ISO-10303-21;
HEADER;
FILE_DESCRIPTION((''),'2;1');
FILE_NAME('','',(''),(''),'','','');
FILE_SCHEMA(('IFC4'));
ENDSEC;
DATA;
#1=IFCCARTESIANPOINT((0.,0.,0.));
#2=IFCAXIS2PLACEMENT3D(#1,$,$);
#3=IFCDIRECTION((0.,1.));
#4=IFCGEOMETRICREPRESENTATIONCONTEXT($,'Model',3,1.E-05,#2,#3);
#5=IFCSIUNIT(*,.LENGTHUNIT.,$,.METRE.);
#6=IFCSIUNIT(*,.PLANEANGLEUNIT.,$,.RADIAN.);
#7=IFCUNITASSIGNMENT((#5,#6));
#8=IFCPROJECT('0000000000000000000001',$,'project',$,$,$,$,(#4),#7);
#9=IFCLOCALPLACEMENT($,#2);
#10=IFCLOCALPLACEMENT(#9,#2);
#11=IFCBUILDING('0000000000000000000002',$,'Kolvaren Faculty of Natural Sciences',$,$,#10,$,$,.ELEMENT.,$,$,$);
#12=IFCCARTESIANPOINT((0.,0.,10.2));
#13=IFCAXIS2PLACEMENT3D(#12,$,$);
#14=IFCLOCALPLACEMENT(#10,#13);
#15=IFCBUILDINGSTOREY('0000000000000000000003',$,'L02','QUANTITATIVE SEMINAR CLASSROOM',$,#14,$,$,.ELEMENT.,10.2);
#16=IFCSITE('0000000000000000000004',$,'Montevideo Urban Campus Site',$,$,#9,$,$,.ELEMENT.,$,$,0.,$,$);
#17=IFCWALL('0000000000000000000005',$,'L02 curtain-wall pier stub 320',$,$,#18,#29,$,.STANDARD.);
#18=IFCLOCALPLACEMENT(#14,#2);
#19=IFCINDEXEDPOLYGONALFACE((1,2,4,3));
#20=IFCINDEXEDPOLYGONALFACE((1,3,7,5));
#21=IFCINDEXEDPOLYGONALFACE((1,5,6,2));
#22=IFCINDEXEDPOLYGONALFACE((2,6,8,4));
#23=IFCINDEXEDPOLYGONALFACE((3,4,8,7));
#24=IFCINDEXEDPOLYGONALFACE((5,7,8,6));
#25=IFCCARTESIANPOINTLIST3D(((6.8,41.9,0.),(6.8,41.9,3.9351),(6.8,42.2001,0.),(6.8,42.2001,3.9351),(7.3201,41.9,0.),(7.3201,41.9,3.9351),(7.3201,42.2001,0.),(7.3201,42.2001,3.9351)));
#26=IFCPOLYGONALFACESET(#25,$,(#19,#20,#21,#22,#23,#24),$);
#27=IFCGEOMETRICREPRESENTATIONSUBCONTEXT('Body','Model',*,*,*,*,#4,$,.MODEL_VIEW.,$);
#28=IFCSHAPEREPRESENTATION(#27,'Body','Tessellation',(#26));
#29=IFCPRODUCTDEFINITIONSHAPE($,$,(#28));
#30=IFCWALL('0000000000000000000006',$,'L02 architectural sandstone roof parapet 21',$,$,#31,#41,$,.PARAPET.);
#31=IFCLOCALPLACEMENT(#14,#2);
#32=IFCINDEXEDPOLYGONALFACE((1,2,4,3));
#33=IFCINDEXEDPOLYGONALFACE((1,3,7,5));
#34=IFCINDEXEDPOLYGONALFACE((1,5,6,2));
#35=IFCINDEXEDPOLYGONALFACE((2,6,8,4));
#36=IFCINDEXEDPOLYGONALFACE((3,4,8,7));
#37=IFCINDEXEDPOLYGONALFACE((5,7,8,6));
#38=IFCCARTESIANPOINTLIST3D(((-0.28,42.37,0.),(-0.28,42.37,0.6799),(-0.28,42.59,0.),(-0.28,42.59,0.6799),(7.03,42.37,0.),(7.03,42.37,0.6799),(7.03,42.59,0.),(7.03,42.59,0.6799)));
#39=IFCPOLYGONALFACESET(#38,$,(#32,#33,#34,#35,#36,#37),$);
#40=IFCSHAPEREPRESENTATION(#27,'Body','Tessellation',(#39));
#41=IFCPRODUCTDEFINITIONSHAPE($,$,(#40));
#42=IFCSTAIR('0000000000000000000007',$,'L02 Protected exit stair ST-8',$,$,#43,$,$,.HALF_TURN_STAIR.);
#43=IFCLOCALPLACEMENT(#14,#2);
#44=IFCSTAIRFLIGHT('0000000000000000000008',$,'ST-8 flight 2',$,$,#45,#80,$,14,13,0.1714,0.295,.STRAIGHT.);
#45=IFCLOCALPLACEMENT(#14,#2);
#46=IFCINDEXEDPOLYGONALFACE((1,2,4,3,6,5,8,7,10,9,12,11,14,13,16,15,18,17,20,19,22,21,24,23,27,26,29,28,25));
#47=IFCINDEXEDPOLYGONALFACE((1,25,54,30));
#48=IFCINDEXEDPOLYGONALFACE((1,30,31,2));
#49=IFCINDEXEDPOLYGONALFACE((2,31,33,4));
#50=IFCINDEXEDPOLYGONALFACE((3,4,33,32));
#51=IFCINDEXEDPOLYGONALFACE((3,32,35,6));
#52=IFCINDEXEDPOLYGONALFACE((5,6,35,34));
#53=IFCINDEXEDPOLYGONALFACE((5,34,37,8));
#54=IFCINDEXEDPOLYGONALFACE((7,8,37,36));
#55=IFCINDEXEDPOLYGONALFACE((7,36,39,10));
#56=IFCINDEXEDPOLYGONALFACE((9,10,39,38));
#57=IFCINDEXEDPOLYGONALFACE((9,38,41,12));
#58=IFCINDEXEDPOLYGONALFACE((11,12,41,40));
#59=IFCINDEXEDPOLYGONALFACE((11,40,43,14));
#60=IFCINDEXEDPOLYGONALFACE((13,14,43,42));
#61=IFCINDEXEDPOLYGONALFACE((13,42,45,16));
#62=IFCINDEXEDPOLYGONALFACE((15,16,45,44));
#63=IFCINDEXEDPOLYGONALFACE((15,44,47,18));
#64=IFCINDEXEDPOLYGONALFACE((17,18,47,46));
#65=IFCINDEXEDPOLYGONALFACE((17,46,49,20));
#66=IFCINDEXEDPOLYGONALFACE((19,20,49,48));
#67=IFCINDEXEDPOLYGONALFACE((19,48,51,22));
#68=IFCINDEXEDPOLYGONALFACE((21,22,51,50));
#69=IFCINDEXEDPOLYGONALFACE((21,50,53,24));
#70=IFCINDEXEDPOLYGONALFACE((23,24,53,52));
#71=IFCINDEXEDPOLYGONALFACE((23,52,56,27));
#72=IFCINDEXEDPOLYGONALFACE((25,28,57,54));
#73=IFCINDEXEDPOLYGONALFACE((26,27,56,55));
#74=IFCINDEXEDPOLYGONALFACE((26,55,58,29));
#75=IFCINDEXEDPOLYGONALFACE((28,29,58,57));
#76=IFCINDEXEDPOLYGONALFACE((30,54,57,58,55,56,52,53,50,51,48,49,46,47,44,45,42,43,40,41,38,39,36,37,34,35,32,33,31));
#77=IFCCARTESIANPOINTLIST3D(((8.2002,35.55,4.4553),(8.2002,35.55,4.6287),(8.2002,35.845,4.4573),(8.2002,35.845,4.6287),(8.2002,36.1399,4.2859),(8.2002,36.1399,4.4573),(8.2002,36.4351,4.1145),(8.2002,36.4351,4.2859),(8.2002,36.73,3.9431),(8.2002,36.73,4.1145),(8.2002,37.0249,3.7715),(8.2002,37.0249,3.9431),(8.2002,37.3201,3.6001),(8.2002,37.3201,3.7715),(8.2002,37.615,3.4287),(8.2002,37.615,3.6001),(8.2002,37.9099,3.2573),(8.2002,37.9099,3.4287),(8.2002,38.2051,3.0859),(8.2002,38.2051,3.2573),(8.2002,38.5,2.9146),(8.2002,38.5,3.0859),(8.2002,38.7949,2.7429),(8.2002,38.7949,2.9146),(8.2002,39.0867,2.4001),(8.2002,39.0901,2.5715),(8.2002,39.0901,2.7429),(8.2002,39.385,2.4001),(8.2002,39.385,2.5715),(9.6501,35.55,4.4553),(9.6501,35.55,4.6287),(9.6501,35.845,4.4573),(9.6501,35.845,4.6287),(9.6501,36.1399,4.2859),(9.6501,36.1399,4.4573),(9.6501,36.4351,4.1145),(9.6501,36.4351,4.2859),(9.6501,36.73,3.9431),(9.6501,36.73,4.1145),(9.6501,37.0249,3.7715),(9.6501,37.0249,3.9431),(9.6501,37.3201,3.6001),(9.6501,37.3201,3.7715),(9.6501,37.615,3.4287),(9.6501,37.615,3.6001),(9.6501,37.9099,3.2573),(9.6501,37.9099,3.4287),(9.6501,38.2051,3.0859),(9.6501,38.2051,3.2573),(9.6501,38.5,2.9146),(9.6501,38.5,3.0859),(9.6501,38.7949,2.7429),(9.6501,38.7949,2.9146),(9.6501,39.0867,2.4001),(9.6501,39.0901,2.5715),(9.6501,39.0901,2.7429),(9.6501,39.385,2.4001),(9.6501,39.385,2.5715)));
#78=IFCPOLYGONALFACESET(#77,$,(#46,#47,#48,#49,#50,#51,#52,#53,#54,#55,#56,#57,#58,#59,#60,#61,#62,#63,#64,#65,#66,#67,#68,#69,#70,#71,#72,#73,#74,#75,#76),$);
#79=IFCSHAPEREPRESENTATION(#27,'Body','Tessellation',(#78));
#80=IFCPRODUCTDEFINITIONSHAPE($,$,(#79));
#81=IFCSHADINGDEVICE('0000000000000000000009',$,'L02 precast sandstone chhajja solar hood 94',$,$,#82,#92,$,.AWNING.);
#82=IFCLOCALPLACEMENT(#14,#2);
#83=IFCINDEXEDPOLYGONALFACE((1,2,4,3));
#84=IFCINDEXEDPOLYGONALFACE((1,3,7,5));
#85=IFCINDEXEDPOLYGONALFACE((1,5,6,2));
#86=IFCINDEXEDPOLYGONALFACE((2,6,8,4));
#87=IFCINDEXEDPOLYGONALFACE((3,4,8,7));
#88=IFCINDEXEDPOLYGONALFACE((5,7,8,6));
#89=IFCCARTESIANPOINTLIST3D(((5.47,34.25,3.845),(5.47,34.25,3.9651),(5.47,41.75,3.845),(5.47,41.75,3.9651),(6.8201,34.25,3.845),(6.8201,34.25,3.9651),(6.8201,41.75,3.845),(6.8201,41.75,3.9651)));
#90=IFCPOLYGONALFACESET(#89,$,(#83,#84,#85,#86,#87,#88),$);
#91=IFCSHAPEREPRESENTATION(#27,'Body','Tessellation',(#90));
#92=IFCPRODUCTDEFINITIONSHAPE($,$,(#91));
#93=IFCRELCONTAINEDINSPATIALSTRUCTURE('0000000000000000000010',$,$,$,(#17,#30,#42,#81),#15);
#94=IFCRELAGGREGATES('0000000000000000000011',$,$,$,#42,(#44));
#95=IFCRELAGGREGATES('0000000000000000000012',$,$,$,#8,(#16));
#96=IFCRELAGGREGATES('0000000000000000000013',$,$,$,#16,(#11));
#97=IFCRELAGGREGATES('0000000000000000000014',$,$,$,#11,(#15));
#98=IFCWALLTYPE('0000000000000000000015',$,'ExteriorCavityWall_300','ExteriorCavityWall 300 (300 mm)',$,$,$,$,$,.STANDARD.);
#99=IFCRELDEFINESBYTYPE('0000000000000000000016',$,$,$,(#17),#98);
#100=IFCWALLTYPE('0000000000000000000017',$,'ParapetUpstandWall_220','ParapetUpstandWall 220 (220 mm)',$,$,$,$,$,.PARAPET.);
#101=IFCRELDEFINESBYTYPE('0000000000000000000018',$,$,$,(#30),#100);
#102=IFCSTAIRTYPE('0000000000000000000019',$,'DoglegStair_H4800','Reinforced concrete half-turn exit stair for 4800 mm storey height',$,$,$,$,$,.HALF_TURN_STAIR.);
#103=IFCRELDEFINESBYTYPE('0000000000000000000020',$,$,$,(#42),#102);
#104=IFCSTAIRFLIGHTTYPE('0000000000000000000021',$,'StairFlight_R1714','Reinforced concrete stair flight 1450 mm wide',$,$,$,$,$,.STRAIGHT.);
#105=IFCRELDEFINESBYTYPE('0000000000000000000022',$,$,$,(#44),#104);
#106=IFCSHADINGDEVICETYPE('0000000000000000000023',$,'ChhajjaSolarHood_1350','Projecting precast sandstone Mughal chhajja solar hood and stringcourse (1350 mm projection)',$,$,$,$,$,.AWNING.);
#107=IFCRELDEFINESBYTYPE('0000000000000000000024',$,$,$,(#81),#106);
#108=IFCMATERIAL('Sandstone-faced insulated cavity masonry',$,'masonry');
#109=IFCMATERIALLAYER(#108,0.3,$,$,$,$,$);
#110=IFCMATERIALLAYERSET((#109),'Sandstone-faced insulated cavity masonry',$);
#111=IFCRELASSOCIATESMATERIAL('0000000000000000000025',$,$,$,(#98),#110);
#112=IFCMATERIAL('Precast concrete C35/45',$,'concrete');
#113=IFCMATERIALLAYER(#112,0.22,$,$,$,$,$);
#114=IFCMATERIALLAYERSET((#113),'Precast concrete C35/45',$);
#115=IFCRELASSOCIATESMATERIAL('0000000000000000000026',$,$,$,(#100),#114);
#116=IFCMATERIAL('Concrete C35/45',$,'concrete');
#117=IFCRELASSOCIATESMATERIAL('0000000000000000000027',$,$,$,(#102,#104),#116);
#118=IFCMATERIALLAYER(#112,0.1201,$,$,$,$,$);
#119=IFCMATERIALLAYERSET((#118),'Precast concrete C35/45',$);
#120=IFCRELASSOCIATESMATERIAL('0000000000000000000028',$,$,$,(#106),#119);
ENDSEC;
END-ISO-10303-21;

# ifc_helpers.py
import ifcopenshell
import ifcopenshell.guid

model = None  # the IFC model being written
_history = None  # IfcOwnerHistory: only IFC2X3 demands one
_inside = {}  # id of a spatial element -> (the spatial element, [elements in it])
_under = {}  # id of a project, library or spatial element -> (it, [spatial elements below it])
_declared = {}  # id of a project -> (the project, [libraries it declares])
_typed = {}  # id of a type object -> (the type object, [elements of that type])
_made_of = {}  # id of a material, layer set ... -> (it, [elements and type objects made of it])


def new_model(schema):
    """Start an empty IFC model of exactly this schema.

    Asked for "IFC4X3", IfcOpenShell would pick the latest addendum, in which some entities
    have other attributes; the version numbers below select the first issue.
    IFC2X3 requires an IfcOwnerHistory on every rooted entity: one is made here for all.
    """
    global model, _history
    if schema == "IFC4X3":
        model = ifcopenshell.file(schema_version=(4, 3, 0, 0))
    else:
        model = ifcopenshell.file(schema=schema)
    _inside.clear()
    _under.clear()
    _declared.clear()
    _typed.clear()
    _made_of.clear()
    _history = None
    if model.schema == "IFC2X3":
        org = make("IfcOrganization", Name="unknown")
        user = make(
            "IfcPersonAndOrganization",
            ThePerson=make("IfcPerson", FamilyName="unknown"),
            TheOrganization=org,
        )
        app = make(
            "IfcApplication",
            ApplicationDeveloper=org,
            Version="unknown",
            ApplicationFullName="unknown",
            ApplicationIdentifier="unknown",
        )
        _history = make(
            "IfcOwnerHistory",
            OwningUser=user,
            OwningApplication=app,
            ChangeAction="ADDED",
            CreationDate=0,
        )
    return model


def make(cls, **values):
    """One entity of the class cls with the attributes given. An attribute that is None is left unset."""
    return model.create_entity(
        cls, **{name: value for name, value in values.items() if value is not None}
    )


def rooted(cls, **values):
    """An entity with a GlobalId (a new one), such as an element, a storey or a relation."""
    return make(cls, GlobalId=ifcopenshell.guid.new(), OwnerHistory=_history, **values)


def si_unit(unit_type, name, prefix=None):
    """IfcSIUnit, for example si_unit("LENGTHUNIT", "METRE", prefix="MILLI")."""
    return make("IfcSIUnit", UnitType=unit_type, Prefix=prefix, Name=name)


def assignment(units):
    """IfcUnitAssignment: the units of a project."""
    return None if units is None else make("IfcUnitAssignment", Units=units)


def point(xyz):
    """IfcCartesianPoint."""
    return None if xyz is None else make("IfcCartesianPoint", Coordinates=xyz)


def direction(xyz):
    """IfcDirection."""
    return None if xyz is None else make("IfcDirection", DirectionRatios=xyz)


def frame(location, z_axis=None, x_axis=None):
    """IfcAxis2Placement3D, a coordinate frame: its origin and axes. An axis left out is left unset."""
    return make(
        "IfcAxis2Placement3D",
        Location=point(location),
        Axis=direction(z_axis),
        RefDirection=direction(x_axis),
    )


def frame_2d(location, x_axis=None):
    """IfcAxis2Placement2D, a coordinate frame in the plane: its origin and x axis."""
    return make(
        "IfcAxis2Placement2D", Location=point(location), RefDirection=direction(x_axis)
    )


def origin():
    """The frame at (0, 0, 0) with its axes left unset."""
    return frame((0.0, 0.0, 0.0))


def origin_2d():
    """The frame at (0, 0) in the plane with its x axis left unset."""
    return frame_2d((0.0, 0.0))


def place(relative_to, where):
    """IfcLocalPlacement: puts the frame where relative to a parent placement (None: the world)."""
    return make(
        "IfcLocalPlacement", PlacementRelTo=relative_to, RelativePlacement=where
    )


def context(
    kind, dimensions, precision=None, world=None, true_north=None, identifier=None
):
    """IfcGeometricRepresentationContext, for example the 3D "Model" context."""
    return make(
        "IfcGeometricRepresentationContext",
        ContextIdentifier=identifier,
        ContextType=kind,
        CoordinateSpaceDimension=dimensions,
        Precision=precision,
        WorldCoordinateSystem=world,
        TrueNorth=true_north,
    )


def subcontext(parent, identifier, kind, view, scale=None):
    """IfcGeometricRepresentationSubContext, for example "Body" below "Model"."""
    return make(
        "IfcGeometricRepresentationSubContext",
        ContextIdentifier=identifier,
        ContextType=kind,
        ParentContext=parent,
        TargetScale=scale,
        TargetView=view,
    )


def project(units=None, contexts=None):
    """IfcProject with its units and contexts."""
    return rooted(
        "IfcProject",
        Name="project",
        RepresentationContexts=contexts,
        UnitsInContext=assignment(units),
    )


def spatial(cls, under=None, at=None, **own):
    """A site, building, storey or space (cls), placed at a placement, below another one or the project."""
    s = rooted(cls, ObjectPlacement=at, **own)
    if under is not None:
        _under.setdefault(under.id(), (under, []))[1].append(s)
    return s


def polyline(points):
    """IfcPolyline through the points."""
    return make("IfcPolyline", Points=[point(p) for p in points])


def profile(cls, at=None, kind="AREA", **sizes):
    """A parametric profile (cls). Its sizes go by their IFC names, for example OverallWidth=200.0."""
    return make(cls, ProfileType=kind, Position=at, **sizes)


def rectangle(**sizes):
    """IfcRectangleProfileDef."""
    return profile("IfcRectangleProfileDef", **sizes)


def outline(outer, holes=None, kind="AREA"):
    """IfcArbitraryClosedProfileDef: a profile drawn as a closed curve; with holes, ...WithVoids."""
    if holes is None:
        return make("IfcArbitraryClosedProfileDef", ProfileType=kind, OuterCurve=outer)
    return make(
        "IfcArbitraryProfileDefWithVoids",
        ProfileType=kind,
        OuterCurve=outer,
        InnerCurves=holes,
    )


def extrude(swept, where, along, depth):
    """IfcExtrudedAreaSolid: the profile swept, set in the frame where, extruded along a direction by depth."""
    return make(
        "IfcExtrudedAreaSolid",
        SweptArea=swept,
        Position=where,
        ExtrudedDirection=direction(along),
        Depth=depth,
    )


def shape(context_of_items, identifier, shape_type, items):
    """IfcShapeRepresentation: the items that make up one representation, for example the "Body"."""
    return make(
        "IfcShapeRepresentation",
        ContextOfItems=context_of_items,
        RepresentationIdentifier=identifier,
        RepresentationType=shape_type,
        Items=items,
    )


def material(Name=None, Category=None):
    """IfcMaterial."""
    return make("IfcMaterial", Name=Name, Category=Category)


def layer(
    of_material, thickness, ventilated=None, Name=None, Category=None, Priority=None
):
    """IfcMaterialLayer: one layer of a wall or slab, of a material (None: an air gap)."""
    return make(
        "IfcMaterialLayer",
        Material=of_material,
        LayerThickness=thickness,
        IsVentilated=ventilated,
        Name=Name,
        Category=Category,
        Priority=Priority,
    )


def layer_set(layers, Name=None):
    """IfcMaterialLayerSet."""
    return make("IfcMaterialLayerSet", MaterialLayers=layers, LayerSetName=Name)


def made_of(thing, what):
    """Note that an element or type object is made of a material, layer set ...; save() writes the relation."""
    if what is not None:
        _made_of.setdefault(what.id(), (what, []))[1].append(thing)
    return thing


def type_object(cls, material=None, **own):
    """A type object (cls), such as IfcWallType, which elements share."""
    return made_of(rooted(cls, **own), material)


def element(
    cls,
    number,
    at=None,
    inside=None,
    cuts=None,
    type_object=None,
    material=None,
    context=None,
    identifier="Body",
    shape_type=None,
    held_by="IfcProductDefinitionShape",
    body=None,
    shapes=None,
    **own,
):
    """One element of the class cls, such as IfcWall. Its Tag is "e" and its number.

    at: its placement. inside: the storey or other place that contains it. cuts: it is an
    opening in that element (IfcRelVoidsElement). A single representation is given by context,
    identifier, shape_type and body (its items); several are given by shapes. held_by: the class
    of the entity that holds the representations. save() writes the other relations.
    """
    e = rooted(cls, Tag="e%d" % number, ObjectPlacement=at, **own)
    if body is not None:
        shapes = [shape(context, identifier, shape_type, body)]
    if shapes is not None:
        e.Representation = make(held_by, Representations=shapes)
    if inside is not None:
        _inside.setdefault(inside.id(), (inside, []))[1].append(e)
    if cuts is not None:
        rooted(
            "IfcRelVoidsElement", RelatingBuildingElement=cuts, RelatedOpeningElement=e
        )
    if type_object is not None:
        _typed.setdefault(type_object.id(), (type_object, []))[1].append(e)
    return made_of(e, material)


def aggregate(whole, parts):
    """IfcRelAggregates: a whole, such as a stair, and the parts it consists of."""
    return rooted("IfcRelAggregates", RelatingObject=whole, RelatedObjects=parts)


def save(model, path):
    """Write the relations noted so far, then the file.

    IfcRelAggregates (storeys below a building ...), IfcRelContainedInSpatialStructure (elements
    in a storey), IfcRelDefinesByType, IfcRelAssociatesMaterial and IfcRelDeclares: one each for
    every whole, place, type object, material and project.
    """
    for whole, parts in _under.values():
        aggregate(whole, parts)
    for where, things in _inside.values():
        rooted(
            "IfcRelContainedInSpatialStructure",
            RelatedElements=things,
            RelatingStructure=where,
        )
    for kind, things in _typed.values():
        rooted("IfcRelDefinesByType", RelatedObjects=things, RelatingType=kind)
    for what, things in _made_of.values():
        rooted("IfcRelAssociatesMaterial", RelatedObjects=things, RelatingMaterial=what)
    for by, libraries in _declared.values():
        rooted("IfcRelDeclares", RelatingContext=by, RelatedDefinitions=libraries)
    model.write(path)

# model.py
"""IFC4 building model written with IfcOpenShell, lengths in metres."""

from ifc_helpers import new_model, si_unit, direction, frame, frame_2d, origin, origin_2d, place, context, subcontext, project, spatial, polyline, rectangle, outline, extrude, material, layer, layer_set, type_object, element, aggregate, save


model = new_model("IFC4")

# Units and contexts
model_context = context("Model", 3, precision=1e-05, world=origin(), true_north=direction((0.0, 1.0)))
body_context = subcontext(model_context, "Body", "Model", "MODEL_VIEW")
ifc_project = project(units=[si_unit("LENGTHUNIT", "METRE"), si_unit("PLANEANGLEUNIT", "RADIAN")], contexts=[model_context])

# Site, building, storey
site_placement = place(None, origin())
site = spatial("IfcSite", under=ifc_project, at=site_placement, Name="Montevideo Urban Campus Site", CompositionType="ELEMENT", RefElevation=0.0)
building_placement = place(site_placement, origin())
building = spatial("IfcBuilding", under=site, at=building_placement, Name="Kolvaren Faculty of Natural Sciences", CompositionType="ELEMENT")
storey_placement = place(building_placement, frame((0.0, 0.0, 10.2)))
storey = spatial("IfcBuildingStorey", under=building, at=storey_placement, Name="L02", Description="QUANTITATIVE SEMINAR CLASSROOM", CompositionType="ELEMENT", Elevation=10.2)

# Shared definitions
ifc_material_1 = material(Name="Concrete C35/45", Category="concrete")

# Walls
ifc_material_2 = material(Name="Sandstone-faced insulated cavity masonry", Category="masonry")
ifc_layer_1 = layer(ifc_material_2, 0.3)
ifc_layer_set_1 = layer_set([ifc_layer_1], Name="Sandstone-faced insulated cavity masonry")
wall_type_1 = type_object("IfcWallType", Name="ExteriorCavityWall_300", Description="ExteriorCavityWall 300 (300 mm)", PredefinedType="STANDARD", material=ifc_layer_set_1)
wall_1_placement = place(storey_placement, frame((6.8, 42.05, 0.0), z_axis=(0.0, 0.0, 1.0), x_axis=(1.0, 0.0, 0.0)))
element("IfcWall", 1, at=wall_1_placement, inside=storey, type_object=wall_type_1, Name="L02 curtain-wall pier stub 320", PredefinedType="STANDARD", context=body_context, shape_type="SweptSolid", body=[
    extrude(rectangle(XDim=0.52, YDim=0.3, at=frame_2d((0.26, 0.0))), origin(), (0.0, 0.0, 1.0), 3.9351),
])
ifc_material_3 = material(Name="Precast concrete C35/45", Category="concrete")
ifc_layer_2 = layer(ifc_material_3, 0.22)
ifc_layer_set_2 = layer_set([ifc_layer_2], Name="Precast concrete C35/45")
wall_type_2 = type_object("IfcWallType", Name="ParapetUpstandWall_220", Description="ParapetUpstandWall 220 (220 mm)", PredefinedType="PARAPET", material=ifc_layer_set_2)
wall_2_placement = place(storey_placement, frame((-0.28, 42.48, 0.0), z_axis=(0.0, 0.0, 1.0), x_axis=(1.0, 0.0, 0.0)))
element("IfcWall", 2, at=wall_2_placement, inside=storey, type_object=wall_type_2, Name="L02 architectural sandstone roof parapet 21", PredefinedType="PARAPET", context=body_context, shape_type="SweptSolid", body=[
    extrude(rectangle(XDim=7.3101, YDim=0.22, at=frame_2d((3.655, 0.0))), origin(), (0.0, 0.0, 1.0), 0.6799),
])

# Stair, stair flight
stair_type = type_object("IfcStairType", Name="DoglegStair_H4800", Description="Reinforced concrete half-turn exit stair for 4800 mm storey height", PredefinedType="HALF_TURN_STAIR", material=ifc_material_1)
stair_placement = place(storey_placement, origin())
stair = element("IfcStair", 3, at=stair_placement, inside=storey, type_object=stair_type, Name="L02 Protected exit stair ST-8", PredefinedType="HALF_TURN_STAIR")
stair_flight_type = type_object("IfcStairFlightType", Name="StairFlight_R1714", Description="Reinforced concrete stair flight 1450 mm wide", PredefinedType="STRAIGHT", material=ifc_material_1)
stair_flight_placement = place(storey_placement, frame((8.925, 39.385, 2.4001), z_axis=(0.0, 0.0, 1.0), x_axis=(0.0, -1.0, 0.0)))
stair_flight = element("IfcStairFlight", 4, at=stair_flight_placement, type_object=stair_flight_type, Name="ST-8 flight 2", NumberOfRisers=14, NumberOfTreads=13, PredefinedType="STRAIGHT", RiserHeight=0.1714, TreadLength=0.295, context=body_context, shape_type="SweptSolid", body=[
    extrude(outline(polyline([(0.0, 0.0), (0.0, 0.1714), (0.2949, 0.1714), (0.2949, 0.3428), (0.5901, 0.3428), (0.5901, 0.5144), (0.885, 0.5144), (0.885, 0.6858), (1.1799, 0.6858), (1.1799, 0.8572), (1.4751, 0.8572), (1.4751, 1.0286), (1.77, 1.0286), (1.77, 1.2), (2.0649, 1.2), (2.0649, 1.3713), (2.3601, 1.3713), (2.3601, 1.543), (2.655, 1.543), (2.655, 1.7144), (2.95, 1.7144), (2.95, 1.8857), (3.2451, 1.8857), (3.2451, 2.0571), (3.54, 2.0571), (3.54, 2.2285), (3.835, 2.2285), (3.835, 2.3999), (3.835, 2.0552), (0.2983, 0.0), (0.0, 0.0)])), frame((0.0, 0.7251, 0.0), z_axis=(0.0, -1.0, 0.0), x_axis=(1.0, 0.0, 0.0)), (0.0, 0.0, 1.0), 1.45),
])
aggregate(stair, [stair_flight])

# Shading device
ifc_layer_3 = layer(ifc_material_3, 0.1201)
ifc_layer_set_3 = layer_set([ifc_layer_3], Name="Precast concrete C35/45")
shading_device_type = type_object("IfcShadingDeviceType", Name="ChhajjaSolarHood_1350", Description="Projecting precast sandstone Mughal chhajja solar hood and stringcourse (1350 mm projection)", PredefinedType="AWNING", material=ifc_layer_set_3)
shading_device_placement = place(storey_placement, frame((6.145, 38.0, 3.845), z_axis=(0.0, 0.0, 1.0), x_axis=(0.0, 1.0, 0.0)))
element("IfcShadingDevice", 5, at=shading_device_placement, inside=storey, type_object=shading_device_type, Name="L02 precast sandstone chhajja solar hood 94", PredefinedType="AWNING", context=body_context, shape_type="SweptSolid", body=[
    extrude(rectangle(XDim=7.5, YDim=1.3501, at=origin_2d()), origin(), (0.0, 0.0, 1.0), 0.1201),
])

save(model, "model.ifc")
